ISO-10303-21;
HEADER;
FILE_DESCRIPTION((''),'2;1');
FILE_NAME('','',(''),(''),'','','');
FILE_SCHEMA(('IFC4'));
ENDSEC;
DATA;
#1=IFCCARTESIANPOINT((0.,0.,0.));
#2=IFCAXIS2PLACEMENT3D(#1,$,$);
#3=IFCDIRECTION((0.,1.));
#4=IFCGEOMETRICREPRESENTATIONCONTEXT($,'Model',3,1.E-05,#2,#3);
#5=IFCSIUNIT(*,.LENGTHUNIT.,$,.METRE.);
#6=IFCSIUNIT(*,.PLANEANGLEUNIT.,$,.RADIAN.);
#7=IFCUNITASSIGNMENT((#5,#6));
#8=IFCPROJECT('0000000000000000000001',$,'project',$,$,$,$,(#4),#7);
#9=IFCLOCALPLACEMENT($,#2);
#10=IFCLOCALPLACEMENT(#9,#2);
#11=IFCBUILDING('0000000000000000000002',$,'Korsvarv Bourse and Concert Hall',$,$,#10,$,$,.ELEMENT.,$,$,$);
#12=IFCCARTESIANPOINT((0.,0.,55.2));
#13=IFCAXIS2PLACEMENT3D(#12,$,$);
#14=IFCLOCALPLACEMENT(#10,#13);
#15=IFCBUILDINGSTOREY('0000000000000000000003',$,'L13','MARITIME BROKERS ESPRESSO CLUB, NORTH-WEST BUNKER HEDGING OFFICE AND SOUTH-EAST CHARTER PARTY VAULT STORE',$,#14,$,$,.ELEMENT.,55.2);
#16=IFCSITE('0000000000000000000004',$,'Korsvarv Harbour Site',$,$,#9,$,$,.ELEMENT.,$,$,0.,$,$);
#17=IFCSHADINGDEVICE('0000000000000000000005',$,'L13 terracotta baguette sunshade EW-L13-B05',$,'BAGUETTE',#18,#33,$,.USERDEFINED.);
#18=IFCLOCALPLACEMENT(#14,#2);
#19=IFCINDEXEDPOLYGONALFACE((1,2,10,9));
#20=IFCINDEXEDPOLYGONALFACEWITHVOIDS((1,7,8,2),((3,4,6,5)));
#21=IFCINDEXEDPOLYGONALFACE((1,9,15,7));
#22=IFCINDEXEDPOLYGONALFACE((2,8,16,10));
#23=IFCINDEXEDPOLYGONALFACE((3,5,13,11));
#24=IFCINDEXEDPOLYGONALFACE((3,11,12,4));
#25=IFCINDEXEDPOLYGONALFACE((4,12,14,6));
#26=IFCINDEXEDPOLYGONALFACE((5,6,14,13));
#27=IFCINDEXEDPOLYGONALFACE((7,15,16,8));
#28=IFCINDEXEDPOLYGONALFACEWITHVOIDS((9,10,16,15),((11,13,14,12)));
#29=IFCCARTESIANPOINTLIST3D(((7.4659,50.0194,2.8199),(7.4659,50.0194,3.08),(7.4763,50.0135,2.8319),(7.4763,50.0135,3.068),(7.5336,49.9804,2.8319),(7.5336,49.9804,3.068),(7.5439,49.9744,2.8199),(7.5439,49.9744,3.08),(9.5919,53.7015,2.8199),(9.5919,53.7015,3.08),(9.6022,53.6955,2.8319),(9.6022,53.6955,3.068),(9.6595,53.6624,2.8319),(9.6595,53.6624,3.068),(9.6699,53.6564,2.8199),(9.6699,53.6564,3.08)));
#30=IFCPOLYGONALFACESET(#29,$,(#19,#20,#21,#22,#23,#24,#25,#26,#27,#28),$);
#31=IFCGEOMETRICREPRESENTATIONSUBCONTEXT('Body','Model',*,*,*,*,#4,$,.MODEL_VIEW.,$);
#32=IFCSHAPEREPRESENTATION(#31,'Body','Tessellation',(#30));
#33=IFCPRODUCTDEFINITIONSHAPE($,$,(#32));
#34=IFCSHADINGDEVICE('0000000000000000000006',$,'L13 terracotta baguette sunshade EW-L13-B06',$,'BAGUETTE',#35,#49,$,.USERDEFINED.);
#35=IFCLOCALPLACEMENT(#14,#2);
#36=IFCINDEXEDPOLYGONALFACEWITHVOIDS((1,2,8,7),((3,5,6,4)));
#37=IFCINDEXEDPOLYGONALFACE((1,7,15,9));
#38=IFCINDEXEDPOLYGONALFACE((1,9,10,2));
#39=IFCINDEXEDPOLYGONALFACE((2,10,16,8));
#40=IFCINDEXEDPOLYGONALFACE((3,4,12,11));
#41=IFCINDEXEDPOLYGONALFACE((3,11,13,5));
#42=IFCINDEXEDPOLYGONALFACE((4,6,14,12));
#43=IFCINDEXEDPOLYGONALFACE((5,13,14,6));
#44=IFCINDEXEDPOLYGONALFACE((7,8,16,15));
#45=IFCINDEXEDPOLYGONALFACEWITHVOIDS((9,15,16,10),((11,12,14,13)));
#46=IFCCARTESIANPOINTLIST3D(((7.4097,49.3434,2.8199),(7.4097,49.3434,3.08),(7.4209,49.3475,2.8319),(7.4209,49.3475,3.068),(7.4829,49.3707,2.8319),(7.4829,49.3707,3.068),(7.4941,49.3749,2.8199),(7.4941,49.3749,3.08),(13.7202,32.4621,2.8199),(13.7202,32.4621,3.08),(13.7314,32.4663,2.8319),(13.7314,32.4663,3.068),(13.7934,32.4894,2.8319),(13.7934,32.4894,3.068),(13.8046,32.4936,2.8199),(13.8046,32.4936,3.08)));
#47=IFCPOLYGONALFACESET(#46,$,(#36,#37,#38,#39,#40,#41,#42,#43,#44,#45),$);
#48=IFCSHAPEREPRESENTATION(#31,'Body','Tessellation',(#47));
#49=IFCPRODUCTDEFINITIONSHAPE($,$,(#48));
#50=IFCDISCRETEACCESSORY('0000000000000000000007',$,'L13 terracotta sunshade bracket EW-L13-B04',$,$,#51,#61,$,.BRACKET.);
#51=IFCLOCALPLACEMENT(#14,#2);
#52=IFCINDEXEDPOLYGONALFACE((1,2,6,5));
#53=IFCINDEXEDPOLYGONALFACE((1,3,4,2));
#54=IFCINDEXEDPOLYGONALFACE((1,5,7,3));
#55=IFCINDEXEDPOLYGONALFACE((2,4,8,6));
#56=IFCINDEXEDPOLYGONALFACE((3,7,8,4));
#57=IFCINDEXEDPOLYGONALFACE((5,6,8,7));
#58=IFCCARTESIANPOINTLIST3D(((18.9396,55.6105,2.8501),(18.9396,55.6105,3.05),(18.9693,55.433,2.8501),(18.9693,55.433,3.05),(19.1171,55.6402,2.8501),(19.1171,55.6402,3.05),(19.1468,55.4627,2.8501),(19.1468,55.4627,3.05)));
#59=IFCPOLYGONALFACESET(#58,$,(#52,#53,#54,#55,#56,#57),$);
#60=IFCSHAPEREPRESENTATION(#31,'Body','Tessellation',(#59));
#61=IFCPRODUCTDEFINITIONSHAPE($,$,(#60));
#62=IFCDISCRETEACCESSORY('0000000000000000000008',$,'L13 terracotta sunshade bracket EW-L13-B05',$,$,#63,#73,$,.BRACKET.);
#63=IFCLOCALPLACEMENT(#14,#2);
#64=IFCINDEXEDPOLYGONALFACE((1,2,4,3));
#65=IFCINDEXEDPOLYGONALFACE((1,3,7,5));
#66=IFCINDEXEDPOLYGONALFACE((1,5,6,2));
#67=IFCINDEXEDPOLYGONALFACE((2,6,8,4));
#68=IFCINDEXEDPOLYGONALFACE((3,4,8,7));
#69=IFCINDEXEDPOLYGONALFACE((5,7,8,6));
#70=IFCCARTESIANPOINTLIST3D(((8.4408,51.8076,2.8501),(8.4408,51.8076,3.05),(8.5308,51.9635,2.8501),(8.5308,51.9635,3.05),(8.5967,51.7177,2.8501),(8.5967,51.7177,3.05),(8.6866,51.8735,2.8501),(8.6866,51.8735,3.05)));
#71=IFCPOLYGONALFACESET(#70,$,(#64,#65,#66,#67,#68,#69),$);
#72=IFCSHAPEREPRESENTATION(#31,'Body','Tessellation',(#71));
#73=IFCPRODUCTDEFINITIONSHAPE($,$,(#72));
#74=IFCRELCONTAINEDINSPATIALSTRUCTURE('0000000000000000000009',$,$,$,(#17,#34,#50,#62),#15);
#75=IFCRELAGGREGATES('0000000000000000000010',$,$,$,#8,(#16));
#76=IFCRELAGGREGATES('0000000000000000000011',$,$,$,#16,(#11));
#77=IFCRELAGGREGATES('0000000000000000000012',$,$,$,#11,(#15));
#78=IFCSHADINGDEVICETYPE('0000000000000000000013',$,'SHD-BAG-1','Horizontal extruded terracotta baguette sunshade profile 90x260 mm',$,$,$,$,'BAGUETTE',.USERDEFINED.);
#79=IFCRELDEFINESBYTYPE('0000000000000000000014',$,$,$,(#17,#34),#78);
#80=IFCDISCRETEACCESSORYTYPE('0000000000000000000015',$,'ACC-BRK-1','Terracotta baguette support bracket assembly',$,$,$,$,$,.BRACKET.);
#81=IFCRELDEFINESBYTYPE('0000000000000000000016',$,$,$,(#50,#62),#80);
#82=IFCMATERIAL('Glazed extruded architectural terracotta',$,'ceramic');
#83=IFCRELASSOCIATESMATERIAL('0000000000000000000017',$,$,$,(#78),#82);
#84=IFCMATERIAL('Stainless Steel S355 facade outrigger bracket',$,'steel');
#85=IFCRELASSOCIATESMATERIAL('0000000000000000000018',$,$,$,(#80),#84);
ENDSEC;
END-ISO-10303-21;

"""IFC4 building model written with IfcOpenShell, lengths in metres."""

from ifc_helpers import new_model, si_unit, direction, frame, origin, origin_2d, place, context, subcontext, project, spatial, rectangle, hollow_rectangle, extrude, source, transform, mapped, material, material_profile, profile_set, type_object, element, save


model = new_model("IFC4")

# Units and contexts
model_context = context("Model", 3, precision=1e-05, world=origin(), true_north=direction((0.0, 1.0)))
body_context = subcontext(model_context, "Body", "Model", "MODEL_VIEW")
ifc_project = project(units=[si_unit("LENGTHUNIT", "METRE"), si_unit("PLANEANGLEUNIT", "RADIAN")], contexts=[model_context])

# Site, building, storey
site_placement = place(None, origin())
site = spatial("IfcSite", under=ifc_project, at=site_placement, Name="Korsvarv Harbour Site", CompositionType="ELEMENT", RefElevation=0.0)
building_placement = place(site_placement, origin())
building = spatial("IfcBuilding", under=site, at=building_placement, Name="Korsvarv Bourse and Concert Hall", CompositionType="ELEMENT")
storey_placement = place(building_placement, frame((0.0, 0.0, 55.2)))
storey = spatial("IfcBuildingStorey", under=building, at=storey_placement, Name="L13", Description="MARITIME BROKERS ESPRESSO CLUB, NORTH-WEST BUNKER HEDGING OFFICE AND SOUTH-EAST CHARTER PARTY VAULT STORE", CompositionType="ELEMENT", Elevation=55.2)

# Shading devices
ifc_material_1 = material(Name="Glazed extruded architectural terracotta", Category="ceramic")
ifc_material_profile_1 = material_profile(ifc_material_1, hollow_rectangle(XDim=0.0901, YDim=0.26, WallThickness=0.012, at=origin_2d()), Name="TC-BAG 90x260")
ifc_profile_set_1 = profile_set([ifc_material_profile_1], Name="Glazed extruded architectural terracotta")
shading_device_type = type_object("IfcShadingDeviceType", Name="SHD-BAG-1", Description="Horizontal extruded terracotta baguette sunshade profile 90x260 mm", ElementType="BAGUETTE", PredefinedType="USERDEFINED", material=ifc_profile_set_1)
shared_shape_1 = source(origin(), body_context, "Body", "SweptSolid", [
    extrude(hollow_rectangle(XDim=0.0901, YDim=0.26, WallThickness=0.012, at=origin_2d()), origin(), (0.0, 0.0, 1.0), 4.2517),
])
shading_device_1_placement = place(storey_placement, frame((9.6309, 53.679, 2.95), z_axis=(-0.500017, -0.866015, 0.0), x_axis=(0.866015, -0.500017, 0.0)))
element("IfcShadingDevice", 1, at=shading_device_1_placement, inside=storey, type_object=shading_device_type, Name="L13 terracotta baguette sunshade EW-L13-B05", ObjectType="BAGUETTE", PredefinedType="USERDEFINED", context=body_context, shape_type="MappedRepresentation", body=[
    mapped(shared_shape_1, transform((0.0, 0.0, 0.0), scale=1.0)),
])
shared_shape_2 = source(origin(), body_context, "Body", "SweptSolid", [
    extrude(hollow_rectangle(XDim=0.0901, YDim=0.26, WallThickness=0.012, at=origin_2d()), origin(), (0.0, 0.0, 1.0), 18.0222),
])
shading_device_2_placement = place(storey_placement, frame((7.4519, 49.3591, 2.95), z_axis=(0.350152, -0.936693, 0.0), x_axis=(0.936693, 0.350152, 0.0)))
element("IfcShadingDevice", 2, at=shading_device_2_placement, inside=storey, type_object=shading_device_type, Name="L13 terracotta baguette sunshade EW-L13-B06", ObjectType="BAGUETTE", PredefinedType="USERDEFINED", context=body_context, shape_type="MappedRepresentation", body=[
    mapped(shared_shape_2, transform((0.0, 0.0, 0.0), scale=1.0)),
])

# Discrete accessories
ifc_material_2 = material(Name="Stainless Steel S355 facade outrigger bracket", Category="steel")
discrete_accessory_type = type_object("IfcDiscreteAccessoryType", Name="ACC-BRK-1", Description="Terracotta baguette support bracket assembly", PredefinedType="BRACKET", material=ifc_material_2)
shared_shape_3 = source(origin(), body_context, "Body", "SweptSolid", [
    extrude(rectangle(XDim=0.1799, YDim=0.1799, at=origin_2d()), origin(), (0.0, 0.0, 1.0), 0.2),
])
for number, where, z_axis, x_axis, name in (
    (3, (19.0432, 55.5366, 2.8501), (0.0, 0.0, 1.0), (-0.986286, -0.165048, 0.0), "L13 terracotta sunshade bracket EW-L13-B04"),
    (4, (8.5637, 51.8406, 2.8501), (0.0, 0.0, 1.0), (-0.5, -0.866025, 0.0), "L13 terracotta sunshade bracket EW-L13-B05"),
):
    element("IfcDiscreteAccessory", number, at=place(storey_placement, frame(where, z_axis=z_axis, x_axis=x_axis)), inside=storey, type_object=discrete_accessory_type, Name=name, PredefinedType="BRACKET", context=body_context, shape_type="MappedRepresentation", body=[
        mapped(shared_shape_3, transform((0.0, 0.0, 0.0), scale=1.0)),
    ])

save(model, "model.ifc")
